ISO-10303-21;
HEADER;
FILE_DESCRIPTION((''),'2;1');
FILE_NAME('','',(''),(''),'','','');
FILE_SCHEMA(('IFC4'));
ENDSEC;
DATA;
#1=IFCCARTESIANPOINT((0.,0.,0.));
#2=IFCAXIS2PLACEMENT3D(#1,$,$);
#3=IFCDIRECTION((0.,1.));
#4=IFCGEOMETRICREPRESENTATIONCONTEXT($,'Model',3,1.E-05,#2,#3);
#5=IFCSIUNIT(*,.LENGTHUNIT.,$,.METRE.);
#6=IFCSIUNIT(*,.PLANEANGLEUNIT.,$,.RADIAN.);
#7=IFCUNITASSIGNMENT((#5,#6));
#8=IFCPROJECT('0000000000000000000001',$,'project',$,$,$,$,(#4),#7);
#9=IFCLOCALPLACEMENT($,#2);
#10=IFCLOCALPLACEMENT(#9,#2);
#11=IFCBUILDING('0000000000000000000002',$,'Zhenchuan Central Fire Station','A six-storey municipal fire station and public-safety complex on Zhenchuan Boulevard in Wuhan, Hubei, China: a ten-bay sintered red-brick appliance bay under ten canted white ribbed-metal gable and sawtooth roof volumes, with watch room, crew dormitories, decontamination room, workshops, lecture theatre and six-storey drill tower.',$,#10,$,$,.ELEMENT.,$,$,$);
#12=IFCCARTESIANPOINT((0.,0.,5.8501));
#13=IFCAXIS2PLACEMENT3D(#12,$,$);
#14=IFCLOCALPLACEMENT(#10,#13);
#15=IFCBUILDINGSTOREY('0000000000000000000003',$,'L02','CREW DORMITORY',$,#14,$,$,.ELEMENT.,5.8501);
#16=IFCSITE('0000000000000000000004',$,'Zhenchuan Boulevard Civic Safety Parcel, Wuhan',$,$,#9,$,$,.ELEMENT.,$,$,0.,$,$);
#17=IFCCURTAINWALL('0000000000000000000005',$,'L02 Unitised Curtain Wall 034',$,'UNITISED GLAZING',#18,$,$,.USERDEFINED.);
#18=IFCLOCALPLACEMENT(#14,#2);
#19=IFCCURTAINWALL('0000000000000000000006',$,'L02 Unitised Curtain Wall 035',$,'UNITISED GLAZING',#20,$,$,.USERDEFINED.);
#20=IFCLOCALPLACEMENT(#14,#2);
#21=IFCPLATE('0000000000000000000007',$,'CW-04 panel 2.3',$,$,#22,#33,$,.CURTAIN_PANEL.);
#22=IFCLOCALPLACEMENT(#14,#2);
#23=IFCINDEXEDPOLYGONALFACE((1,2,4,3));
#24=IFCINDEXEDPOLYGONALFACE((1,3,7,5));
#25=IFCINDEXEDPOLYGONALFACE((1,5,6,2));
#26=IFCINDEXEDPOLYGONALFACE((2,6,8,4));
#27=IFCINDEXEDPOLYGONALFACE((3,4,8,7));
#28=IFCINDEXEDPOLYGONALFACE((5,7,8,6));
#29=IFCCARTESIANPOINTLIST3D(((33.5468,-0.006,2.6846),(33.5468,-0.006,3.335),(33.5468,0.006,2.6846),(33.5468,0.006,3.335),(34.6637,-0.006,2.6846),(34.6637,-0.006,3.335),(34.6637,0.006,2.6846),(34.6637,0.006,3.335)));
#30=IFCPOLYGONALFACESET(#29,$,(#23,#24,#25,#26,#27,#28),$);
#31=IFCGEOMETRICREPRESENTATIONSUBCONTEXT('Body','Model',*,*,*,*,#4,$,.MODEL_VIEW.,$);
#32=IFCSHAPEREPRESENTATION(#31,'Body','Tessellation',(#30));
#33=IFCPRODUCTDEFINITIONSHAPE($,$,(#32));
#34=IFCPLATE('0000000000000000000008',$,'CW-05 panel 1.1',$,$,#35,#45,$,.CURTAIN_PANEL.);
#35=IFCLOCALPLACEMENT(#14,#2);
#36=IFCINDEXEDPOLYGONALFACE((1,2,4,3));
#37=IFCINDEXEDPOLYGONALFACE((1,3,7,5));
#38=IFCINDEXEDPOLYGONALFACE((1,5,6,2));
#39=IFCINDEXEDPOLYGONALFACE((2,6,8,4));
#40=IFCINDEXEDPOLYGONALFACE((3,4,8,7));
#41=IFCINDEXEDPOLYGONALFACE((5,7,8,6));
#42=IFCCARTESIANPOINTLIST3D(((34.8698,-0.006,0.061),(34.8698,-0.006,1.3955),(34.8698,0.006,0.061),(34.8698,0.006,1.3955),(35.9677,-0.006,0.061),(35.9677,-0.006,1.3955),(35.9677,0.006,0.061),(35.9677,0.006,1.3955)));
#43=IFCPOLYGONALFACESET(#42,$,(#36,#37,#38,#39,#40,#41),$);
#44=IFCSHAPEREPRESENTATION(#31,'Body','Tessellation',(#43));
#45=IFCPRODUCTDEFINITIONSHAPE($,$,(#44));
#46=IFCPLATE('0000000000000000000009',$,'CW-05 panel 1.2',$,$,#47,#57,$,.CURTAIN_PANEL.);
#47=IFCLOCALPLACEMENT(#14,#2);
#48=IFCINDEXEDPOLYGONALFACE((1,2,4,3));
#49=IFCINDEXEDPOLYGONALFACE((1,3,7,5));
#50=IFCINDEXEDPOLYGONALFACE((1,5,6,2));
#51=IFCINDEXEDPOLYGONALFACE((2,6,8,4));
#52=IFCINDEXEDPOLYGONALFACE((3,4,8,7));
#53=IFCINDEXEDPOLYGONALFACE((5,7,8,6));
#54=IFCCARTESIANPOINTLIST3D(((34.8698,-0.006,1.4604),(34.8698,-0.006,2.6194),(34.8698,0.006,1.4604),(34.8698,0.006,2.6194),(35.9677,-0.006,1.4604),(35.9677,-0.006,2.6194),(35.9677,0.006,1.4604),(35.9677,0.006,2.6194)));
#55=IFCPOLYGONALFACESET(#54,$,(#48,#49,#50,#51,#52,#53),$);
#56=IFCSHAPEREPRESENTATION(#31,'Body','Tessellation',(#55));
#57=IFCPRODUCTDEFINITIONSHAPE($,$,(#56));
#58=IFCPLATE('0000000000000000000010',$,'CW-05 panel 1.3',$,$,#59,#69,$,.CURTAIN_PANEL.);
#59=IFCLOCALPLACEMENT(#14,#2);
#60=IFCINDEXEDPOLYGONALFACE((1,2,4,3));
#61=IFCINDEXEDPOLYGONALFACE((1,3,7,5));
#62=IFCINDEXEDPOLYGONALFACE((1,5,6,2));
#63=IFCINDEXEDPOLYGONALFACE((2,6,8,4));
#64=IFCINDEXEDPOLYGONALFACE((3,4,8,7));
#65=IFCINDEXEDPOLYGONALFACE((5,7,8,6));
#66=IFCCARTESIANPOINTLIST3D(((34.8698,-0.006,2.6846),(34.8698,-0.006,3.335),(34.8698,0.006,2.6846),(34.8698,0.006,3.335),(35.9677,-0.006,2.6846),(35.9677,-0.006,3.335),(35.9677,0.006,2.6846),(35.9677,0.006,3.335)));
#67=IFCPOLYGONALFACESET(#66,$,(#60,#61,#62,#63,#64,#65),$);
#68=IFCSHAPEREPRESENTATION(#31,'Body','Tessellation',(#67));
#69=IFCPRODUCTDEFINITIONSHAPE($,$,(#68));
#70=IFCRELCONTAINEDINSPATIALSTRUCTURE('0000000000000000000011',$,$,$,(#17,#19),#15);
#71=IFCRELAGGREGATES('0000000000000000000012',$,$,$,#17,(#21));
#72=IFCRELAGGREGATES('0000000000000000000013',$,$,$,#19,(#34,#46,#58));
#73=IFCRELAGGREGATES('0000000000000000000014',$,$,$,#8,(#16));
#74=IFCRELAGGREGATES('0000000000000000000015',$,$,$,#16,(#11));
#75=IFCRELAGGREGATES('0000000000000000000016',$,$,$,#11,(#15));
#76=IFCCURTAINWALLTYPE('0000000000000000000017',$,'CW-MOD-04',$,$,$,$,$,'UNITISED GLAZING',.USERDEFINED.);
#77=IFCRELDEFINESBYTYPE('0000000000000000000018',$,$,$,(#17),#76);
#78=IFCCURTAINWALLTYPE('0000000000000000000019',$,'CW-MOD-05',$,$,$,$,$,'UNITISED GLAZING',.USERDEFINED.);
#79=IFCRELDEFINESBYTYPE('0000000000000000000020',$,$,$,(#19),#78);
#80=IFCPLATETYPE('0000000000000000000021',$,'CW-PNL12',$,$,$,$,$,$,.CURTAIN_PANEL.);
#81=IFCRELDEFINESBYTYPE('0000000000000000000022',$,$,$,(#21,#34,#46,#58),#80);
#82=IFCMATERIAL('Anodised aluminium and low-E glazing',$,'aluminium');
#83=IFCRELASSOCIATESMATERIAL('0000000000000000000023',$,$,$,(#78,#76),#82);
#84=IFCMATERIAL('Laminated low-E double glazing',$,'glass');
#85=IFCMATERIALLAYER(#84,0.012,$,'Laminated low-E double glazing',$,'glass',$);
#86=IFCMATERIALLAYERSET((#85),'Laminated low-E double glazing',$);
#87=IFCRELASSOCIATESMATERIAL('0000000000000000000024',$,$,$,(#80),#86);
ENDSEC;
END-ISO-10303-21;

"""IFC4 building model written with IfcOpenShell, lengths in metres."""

from ifc_helpers import new_model, si_unit, direction, frame, origin, origin_2d, place, context, subcontext, project, spatial, rectangle, extrude, material, layer, layer_set, type_object, element, aggregate, save


model = new_model("IFC4")

# Units and contexts
model_context = context("Model", 3, precision=1e-05, world=origin(), true_north=direction((0.0, 1.0)))
body_context = subcontext(model_context, "Body", "Model", "MODEL_VIEW")
ifc_project = project(units=[si_unit("LENGTHUNIT", "METRE"), si_unit("PLANEANGLEUNIT", "RADIAN")], contexts=[model_context])

# Site, building, storey
site_placement = place(None, origin())
site = spatial("IfcSite", under=ifc_project, at=site_placement, Name="Zhenchuan Boulevard Civic Safety Parcel, Wuhan", CompositionType="ELEMENT", RefElevation=0.0)
building_placement = place(site_placement, origin())
building = spatial("IfcBuilding", under=site, at=building_placement, Name="Zhenchuan Central Fire Station", Description="A six-storey municipal fire station and public-safety complex on Zhenchuan Boulevard in Wuhan, Hubei, China: a ten-bay sintered red-brick appliance bay under ten canted white ribbed-metal gable and sawtooth roof volumes, with watch room, crew dormitories, decontamination room, workshops, lecture theatre and six-storey drill tower.", CompositionType="ELEMENT")
storey_placement = place(building_placement, frame((0.0, 0.0, 5.8501)))
storey = spatial("IfcBuildingStorey", under=building, at=storey_placement, Name="L02", Description="CREW DORMITORY", CompositionType="ELEMENT", Elevation=5.8501)

# Shared definitions
ifc_material_1 = material(Name="Anodised aluminium and low-E glazing", Category="aluminium")
curtain_wall_type_1 = type_object("IfcCurtainWallType", Name="CW-MOD-05", ElementType="UNITISED GLAZING", PredefinedType="USERDEFINED", material=ifc_material_1)

# Curtain walls
curtain_wall_type_2 = type_object("IfcCurtainWallType", Name="CW-MOD-04", ElementType="UNITISED GLAZING", PredefinedType="USERDEFINED", material=ifc_material_1)
curtain_wall_1_placement = place(storey_placement, origin())
curtain_wall_1 = element("IfcCurtainWall", 1, at=curtain_wall_1_placement, inside=storey, type_object=curtain_wall_type_2, Name="L02 Unitised Curtain Wall 034", ObjectType="UNITISED GLAZING", PredefinedType="USERDEFINED")
curtain_wall_2_placement = place(storey_placement, origin())
curtain_wall_2 = element("IfcCurtainWall", 2, at=curtain_wall_2_placement, inside=storey, type_object=curtain_wall_type_1, Name="L02 Unitised Curtain Wall 035", ObjectType="UNITISED GLAZING", PredefinedType="USERDEFINED")

# Plates
ifc_material_2 = material(Name="Laminated low-E double glazing", Category="glass")
ifc_layer = layer(ifc_material_2, 0.012, Name="Laminated low-E double glazing", Category="glass")
ifc_layer_set = layer_set([ifc_layer], Name="Laminated low-E double glazing")
plate_type = type_object("IfcPlateType", Name="CW-PNL12", PredefinedType="CURTAIN_PANEL", material=ifc_layer_set)
plate_1_placement = place(storey_placement, frame((34.1052, 0.0, 2.6846), z_axis=(0.0, 0.0, 1.0), x_axis=(1.0, 0.0, 0.0)))
plate_1 = element("IfcPlate", 3, at=plate_1_placement, type_object=plate_type, Name="CW-04 panel 2.3", PredefinedType="CURTAIN_PANEL", context=body_context, shape_type="SweptSolid", body=[
    extrude(rectangle(XDim=1.1169, YDim=0.012, at=origin_2d()), origin(), (0.0, 0.0, 1.0), 0.6504),
])
aggregate(curtain_wall_1, [plate_1])
plate_2_placement = place(storey_placement, frame((35.4187, 0.0, 0.061), z_axis=(0.0, 0.0, 1.0), x_axis=(1.0, 0.0, 0.0)))
plate_2 = element("IfcPlate", 4, at=plate_2_placement, type_object=plate_type, Name="CW-05 panel 1.1", PredefinedType="CURTAIN_PANEL", context=body_context, shape_type="SweptSolid", body=[
    extrude(rectangle(XDim=1.0979, YDim=0.012, at=origin_2d()), origin(), (0.0, 0.0, 1.0), 1.3345),
])
plate_3_placement = place(storey_placement, frame((35.4187, 0.0, 1.4604), z_axis=(0.0, 0.0, 1.0), x_axis=(1.0, 0.0, 0.0)))
plate_3 = element("IfcPlate", 5, at=plate_3_placement, type_object=plate_type, Name="CW-05 panel 1.2", PredefinedType="CURTAIN_PANEL", context=body_context, shape_type="SweptSolid", body=[
    extrude(rectangle(XDim=1.0979, YDim=0.012, at=origin_2d()), origin(), (0.0, 0.0, 1.0), 1.1589),
])
plate_4_placement = place(storey_placement, frame((35.4187, 0.0, 2.6846), z_axis=(0.0, 0.0, 1.0), x_axis=(1.0, 0.0, 0.0)))
plate_4 = element("IfcPlate", 6, at=plate_4_placement, type_object=plate_type, Name="CW-05 panel 1.3", PredefinedType="CURTAIN_PANEL", context=body_context, shape_type="SweptSolid", body=[
    extrude(rectangle(XDim=1.0979, YDim=0.012, at=origin_2d()), origin(), (0.0, 0.0, 1.0), 0.6504),
])
aggregate(curtain_wall_2, [plate_2, plate_3, plate_4])

save(model, "model.ifc")
